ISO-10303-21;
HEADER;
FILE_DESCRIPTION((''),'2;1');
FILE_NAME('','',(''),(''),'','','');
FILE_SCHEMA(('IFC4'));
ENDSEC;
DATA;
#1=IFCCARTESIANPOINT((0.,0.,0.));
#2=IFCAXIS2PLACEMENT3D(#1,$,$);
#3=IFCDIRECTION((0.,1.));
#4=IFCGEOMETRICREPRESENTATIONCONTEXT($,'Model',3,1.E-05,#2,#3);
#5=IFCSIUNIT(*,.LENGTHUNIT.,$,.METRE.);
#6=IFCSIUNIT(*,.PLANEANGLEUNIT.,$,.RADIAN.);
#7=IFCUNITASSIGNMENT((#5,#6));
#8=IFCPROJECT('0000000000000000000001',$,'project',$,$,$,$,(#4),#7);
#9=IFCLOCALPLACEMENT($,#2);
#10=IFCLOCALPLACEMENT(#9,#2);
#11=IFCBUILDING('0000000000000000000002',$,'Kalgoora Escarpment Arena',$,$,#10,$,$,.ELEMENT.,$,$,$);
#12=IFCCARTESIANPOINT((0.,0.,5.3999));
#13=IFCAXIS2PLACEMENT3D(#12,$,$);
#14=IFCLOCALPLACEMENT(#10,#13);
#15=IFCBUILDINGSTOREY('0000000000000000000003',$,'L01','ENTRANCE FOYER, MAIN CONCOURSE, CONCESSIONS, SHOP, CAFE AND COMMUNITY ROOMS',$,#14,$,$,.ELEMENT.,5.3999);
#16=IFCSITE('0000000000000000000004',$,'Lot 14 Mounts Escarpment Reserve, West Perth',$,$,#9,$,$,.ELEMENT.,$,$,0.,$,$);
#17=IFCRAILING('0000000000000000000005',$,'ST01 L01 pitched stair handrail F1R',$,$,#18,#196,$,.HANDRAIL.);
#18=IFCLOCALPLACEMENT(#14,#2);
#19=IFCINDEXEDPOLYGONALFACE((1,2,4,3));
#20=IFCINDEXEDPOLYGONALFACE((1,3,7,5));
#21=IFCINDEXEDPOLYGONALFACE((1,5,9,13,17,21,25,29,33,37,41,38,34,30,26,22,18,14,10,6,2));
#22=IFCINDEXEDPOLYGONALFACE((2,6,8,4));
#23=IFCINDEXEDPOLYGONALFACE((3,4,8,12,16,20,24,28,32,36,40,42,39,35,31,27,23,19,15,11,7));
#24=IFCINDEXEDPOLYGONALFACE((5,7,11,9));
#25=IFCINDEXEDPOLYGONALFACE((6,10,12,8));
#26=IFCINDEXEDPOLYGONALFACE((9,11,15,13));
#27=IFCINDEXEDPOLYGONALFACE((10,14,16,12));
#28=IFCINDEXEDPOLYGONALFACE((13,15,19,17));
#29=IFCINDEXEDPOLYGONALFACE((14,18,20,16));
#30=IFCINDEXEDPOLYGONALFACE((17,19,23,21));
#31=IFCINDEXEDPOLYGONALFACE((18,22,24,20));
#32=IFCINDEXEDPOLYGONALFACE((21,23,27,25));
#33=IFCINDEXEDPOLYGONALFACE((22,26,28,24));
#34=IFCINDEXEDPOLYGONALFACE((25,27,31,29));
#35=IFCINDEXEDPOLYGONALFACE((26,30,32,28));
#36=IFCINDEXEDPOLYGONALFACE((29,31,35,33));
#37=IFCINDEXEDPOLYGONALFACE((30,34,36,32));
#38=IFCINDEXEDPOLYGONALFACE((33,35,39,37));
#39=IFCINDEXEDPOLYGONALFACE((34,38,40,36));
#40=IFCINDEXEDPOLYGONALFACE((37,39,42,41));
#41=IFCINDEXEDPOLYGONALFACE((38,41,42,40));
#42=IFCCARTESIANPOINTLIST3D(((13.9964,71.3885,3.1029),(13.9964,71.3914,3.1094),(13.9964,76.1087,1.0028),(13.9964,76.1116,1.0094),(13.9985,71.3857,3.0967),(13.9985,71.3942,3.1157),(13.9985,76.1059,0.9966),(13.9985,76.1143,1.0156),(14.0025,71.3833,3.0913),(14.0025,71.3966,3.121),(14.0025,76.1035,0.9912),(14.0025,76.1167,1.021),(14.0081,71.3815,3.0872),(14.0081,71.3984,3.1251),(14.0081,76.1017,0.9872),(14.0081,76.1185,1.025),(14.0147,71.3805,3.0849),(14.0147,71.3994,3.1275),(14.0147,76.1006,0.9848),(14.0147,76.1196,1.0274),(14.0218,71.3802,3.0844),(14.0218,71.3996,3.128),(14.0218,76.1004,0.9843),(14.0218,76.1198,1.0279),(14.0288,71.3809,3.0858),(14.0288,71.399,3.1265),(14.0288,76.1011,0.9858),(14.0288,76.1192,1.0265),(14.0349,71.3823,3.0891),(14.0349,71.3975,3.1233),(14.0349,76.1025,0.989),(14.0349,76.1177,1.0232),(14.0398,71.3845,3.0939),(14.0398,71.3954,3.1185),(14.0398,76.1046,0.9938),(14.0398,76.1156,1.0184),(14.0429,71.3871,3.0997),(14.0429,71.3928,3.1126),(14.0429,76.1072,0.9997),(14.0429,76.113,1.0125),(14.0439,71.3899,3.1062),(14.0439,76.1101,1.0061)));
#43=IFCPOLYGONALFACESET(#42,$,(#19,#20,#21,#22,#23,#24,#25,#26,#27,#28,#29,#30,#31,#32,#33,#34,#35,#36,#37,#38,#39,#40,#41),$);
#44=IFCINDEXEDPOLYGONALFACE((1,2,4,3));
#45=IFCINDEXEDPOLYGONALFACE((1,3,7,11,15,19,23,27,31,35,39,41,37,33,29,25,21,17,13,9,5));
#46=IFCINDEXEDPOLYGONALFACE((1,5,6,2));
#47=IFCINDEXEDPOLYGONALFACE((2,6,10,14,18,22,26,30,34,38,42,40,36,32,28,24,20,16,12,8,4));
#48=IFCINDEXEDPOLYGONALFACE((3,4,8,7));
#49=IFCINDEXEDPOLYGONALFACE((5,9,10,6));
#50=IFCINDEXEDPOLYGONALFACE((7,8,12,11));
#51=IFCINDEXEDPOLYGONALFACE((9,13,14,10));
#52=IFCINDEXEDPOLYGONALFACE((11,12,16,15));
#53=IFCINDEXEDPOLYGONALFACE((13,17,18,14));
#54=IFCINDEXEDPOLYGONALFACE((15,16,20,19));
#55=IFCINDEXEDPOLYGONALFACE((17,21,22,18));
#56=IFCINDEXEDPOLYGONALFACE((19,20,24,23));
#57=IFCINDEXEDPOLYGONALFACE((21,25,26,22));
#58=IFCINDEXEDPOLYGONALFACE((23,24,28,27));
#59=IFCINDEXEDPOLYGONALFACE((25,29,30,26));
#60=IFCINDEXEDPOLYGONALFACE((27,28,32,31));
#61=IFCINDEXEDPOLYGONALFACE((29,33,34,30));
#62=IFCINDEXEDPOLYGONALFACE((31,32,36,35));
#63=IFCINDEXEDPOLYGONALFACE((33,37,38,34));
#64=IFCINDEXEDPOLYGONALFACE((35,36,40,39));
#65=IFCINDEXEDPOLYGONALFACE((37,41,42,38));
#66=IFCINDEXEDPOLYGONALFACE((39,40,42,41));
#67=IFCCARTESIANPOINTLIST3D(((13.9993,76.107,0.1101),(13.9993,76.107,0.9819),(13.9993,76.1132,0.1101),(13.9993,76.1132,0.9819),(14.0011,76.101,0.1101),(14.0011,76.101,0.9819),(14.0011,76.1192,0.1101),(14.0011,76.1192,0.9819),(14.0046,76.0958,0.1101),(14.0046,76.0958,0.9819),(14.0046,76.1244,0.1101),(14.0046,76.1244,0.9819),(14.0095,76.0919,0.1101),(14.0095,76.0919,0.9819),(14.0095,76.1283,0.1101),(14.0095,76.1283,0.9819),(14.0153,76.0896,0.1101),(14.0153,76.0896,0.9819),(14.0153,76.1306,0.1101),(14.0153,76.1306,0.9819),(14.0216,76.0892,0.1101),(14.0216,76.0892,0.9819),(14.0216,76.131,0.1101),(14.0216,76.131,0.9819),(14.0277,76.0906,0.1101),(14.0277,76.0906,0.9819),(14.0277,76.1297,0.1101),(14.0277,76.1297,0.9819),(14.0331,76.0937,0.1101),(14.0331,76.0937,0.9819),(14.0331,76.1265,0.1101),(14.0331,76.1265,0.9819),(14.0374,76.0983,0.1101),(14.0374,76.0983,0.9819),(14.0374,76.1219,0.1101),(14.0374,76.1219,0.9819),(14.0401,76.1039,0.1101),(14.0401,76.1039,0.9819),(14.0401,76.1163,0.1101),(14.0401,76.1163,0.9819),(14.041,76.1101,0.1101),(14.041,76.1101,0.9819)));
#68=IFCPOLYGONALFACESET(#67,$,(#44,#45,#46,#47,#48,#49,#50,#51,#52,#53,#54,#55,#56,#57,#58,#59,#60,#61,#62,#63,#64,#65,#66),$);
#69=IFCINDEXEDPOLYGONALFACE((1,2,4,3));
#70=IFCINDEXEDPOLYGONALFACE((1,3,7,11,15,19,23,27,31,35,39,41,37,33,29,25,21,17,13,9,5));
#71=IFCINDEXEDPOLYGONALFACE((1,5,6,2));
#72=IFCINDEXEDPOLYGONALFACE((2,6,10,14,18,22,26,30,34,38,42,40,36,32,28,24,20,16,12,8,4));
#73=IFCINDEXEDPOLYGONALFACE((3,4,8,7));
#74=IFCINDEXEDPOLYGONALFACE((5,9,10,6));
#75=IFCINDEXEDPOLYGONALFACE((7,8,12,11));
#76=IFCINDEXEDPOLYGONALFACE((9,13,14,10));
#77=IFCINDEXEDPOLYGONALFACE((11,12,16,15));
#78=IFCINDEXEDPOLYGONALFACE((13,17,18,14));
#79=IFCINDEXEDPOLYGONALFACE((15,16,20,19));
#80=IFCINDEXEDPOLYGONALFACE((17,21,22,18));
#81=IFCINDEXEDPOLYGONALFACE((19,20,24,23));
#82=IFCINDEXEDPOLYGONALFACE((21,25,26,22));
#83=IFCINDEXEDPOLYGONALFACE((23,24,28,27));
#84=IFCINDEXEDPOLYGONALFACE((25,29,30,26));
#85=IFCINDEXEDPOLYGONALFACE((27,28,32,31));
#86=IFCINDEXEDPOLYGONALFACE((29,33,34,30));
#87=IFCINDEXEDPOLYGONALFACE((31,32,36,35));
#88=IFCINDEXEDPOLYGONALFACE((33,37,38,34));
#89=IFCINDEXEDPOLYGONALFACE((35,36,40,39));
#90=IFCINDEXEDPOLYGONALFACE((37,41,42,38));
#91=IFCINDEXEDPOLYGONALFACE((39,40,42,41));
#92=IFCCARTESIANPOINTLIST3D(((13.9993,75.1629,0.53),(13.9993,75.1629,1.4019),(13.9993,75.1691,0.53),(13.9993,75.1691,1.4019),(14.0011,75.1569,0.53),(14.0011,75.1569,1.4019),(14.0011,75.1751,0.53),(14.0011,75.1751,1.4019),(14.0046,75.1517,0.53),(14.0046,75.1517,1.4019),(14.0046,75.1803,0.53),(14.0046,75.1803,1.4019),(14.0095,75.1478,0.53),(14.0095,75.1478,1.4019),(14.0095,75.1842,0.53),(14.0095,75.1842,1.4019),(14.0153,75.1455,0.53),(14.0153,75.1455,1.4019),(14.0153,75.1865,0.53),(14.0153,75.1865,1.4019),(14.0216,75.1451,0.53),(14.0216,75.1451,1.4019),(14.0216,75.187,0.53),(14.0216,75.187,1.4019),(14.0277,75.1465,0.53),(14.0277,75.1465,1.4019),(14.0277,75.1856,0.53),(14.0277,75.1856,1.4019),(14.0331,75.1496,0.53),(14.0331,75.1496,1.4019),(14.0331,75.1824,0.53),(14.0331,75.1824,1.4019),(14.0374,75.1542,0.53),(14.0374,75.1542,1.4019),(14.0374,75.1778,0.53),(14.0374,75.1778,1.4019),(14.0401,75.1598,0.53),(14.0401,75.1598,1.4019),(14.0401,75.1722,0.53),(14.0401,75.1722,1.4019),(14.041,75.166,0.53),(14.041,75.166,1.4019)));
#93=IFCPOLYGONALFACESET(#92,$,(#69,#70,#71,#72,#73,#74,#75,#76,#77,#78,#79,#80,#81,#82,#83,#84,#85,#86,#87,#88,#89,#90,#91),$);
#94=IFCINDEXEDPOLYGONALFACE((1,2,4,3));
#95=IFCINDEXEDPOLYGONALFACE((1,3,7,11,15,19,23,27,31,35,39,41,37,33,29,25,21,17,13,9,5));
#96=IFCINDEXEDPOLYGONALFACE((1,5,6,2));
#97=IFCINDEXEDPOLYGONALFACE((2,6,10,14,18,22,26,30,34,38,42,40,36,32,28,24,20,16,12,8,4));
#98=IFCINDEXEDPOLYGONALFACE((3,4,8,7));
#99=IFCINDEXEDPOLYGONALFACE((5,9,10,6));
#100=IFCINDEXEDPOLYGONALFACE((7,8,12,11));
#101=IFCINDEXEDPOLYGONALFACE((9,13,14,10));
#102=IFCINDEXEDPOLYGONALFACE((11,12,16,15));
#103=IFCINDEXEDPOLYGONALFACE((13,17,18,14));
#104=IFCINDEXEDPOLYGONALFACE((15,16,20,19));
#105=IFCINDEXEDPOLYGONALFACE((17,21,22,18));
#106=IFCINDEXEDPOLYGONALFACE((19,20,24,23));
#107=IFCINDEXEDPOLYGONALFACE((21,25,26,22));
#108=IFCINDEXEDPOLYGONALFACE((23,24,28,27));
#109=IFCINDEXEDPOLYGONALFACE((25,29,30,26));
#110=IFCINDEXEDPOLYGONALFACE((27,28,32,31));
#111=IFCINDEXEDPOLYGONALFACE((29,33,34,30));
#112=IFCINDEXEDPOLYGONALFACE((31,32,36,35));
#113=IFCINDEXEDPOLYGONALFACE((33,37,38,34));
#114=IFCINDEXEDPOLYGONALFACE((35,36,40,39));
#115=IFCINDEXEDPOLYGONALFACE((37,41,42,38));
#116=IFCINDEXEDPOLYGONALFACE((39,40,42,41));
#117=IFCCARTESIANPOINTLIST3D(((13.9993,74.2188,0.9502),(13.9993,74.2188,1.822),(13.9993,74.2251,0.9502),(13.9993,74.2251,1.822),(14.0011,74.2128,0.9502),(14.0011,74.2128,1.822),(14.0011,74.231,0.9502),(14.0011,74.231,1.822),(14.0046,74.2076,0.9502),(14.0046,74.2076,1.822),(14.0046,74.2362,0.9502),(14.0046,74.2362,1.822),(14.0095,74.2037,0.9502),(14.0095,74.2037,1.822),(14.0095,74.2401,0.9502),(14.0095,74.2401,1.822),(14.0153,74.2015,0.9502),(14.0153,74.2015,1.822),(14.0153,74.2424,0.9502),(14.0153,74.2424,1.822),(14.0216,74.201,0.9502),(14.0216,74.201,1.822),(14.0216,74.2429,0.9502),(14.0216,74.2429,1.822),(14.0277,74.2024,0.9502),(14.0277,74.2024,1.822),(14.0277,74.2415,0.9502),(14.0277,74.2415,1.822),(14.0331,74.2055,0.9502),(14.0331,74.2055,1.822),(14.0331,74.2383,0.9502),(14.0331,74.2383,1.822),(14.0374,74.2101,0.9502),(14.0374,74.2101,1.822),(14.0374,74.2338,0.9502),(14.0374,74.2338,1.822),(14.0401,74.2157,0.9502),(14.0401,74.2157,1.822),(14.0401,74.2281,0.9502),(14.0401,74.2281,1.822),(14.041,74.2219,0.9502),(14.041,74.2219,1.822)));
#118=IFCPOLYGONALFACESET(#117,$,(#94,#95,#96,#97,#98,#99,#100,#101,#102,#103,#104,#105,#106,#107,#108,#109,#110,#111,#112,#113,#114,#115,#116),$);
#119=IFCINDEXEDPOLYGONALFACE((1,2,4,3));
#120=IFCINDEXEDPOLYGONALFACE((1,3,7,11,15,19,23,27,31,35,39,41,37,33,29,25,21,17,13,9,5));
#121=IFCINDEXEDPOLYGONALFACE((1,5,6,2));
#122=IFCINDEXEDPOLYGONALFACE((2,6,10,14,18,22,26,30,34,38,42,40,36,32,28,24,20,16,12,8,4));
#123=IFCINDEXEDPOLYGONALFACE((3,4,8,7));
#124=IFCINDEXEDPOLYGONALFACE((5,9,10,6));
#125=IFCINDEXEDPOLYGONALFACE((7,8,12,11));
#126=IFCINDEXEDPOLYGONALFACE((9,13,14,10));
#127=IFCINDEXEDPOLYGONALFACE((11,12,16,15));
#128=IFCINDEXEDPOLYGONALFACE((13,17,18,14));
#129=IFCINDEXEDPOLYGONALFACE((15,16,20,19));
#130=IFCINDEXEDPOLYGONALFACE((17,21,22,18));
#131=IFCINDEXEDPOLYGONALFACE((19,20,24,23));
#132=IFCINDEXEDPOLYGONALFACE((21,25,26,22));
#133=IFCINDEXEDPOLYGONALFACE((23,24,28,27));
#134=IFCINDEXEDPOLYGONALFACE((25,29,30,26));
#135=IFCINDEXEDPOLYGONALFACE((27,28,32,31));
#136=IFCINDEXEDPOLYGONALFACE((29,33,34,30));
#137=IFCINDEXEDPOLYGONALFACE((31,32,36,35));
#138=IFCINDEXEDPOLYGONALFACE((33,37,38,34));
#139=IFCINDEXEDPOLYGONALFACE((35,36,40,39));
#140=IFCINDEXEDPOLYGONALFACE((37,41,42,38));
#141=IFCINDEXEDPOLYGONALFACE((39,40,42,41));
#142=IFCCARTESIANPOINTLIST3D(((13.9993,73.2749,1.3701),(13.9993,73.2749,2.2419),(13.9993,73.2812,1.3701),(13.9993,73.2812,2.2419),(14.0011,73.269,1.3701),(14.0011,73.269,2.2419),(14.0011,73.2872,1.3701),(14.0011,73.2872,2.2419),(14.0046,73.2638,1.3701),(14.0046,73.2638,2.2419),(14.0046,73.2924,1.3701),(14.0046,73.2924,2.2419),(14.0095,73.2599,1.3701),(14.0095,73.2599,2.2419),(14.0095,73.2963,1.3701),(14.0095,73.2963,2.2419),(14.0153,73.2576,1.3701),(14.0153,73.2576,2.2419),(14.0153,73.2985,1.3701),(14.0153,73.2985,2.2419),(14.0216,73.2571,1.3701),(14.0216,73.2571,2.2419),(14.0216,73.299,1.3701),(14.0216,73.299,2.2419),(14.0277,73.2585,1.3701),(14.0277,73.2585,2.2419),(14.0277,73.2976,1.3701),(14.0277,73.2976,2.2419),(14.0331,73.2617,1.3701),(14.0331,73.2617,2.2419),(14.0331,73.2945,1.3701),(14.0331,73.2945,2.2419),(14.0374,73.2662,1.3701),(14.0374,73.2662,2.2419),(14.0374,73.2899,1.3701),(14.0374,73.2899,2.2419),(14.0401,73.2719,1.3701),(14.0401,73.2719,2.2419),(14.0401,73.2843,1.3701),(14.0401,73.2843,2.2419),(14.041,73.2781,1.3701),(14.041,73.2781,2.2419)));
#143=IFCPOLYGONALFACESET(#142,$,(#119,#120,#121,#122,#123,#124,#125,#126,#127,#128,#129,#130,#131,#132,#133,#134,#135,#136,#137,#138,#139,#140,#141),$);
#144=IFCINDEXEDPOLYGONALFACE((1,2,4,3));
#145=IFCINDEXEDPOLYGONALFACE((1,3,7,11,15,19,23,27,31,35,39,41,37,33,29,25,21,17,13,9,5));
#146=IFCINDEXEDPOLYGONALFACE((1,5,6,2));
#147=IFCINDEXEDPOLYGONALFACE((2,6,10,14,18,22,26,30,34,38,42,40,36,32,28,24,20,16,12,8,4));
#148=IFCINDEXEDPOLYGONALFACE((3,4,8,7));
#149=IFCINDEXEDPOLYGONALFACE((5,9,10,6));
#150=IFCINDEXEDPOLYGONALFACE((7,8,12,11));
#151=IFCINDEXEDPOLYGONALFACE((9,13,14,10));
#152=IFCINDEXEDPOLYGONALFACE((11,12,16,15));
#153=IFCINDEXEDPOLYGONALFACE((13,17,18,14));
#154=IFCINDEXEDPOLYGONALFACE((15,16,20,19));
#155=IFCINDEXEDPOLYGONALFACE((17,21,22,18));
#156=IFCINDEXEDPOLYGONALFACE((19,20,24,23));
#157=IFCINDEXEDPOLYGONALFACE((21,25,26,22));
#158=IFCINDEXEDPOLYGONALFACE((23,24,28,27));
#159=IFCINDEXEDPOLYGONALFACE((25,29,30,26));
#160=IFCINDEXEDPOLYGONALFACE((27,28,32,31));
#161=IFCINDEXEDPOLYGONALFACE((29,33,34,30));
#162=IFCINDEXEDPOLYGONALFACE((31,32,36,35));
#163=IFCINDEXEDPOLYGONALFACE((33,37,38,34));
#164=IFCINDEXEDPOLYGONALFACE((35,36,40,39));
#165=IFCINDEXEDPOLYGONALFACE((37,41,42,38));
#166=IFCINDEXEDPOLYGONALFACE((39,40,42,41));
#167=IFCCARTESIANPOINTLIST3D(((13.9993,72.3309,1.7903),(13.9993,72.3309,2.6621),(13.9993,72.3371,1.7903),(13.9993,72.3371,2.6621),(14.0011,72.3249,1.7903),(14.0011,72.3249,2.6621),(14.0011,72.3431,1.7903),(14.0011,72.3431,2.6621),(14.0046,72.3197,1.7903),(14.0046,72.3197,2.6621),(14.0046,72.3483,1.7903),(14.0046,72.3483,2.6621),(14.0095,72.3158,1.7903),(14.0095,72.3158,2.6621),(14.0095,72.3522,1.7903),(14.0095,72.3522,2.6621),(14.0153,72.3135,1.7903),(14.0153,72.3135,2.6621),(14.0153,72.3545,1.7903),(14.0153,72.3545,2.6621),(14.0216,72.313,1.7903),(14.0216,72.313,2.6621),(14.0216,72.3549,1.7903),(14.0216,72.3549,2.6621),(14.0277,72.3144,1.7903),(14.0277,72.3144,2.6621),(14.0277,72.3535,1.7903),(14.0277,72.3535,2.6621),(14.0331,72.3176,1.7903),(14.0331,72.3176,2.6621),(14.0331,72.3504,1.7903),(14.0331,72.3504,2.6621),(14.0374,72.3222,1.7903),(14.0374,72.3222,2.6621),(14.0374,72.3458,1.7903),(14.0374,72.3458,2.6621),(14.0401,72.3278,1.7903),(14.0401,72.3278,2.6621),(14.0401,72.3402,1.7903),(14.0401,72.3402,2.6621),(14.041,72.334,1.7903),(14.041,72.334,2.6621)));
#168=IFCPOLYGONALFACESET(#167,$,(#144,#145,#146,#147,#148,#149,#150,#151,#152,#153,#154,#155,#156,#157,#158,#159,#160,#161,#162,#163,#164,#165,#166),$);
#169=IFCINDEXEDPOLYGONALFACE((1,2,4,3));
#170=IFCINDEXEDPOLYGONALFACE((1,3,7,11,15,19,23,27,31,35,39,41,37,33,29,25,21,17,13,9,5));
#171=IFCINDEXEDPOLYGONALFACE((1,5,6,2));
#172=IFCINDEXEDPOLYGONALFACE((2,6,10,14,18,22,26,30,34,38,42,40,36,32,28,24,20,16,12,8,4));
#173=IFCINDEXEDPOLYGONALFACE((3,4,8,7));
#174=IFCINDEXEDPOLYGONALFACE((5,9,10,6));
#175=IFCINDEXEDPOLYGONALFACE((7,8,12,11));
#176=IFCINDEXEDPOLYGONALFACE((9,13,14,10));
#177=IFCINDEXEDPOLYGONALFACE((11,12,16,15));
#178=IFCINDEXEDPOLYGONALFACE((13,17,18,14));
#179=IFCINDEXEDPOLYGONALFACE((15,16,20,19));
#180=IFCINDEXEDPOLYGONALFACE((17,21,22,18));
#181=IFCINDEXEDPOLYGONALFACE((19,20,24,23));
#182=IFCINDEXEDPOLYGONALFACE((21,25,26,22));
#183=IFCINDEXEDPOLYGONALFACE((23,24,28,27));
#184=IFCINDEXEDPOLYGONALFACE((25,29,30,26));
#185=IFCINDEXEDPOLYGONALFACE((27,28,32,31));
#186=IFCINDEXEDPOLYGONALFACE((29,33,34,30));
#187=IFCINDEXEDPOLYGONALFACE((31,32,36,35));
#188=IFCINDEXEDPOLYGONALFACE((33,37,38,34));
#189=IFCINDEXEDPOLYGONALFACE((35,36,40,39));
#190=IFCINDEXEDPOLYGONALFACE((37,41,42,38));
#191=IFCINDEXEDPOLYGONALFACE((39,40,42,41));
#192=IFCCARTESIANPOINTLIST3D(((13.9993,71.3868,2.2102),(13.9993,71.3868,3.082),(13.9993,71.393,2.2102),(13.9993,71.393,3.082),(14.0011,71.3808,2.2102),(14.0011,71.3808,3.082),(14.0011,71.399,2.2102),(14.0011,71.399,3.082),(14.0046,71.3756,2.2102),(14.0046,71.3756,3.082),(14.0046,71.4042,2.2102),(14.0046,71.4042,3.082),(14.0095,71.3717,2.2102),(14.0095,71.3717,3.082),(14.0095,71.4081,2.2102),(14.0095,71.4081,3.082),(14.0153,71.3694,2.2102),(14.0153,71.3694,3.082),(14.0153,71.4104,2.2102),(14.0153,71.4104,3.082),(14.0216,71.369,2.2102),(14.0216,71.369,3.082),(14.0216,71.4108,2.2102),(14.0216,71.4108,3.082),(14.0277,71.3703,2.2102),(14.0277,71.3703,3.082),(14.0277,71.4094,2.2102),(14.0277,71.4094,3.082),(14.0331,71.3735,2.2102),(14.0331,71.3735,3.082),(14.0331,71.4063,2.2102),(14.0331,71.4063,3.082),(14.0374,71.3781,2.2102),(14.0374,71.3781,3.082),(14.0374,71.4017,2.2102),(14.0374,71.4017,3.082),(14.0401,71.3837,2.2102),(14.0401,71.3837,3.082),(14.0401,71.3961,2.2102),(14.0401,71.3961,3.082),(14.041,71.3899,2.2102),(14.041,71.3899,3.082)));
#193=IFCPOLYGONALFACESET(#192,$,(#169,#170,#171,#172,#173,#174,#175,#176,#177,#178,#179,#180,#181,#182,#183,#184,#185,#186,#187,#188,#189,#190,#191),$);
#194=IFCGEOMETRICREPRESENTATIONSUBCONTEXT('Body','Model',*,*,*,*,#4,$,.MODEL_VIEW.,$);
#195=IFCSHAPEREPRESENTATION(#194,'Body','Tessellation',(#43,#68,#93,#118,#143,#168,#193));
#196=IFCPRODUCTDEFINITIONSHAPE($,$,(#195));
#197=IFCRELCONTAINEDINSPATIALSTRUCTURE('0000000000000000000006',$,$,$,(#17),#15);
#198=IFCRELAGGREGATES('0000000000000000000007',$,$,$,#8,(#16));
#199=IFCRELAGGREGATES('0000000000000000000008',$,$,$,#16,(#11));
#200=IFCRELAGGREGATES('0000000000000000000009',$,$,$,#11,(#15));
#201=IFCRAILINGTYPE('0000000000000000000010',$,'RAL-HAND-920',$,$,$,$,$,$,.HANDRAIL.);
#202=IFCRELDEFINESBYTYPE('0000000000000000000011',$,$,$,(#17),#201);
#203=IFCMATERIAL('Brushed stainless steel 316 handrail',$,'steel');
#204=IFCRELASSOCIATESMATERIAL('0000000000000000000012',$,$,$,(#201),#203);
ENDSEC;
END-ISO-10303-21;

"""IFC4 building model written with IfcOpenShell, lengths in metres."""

from ifc_helpers import new_model, si_unit, direction, frame, origin, origin_2d, place, context, subcontext, project, spatial, circle, extrude, material, type_object, element, save


model = new_model("IFC4")

# Units and contexts
model_context = context("Model", 3, precision=1e-05, world=origin(), true_north=direction((0.0, 1.0)))
body_context = subcontext(model_context, "Body", "Model", "MODEL_VIEW")
ifc_project = project(units=[si_unit("LENGTHUNIT", "METRE"), si_unit("PLANEANGLEUNIT", "RADIAN")], contexts=[model_context])

# Site, building, storey
site_placement = place(None, origin())
site = spatial("IfcSite", under=ifc_project, at=site_placement, Name="Lot 14 Mounts Escarpment Reserve, West Perth", CompositionType="ELEMENT", RefElevation=0.0)
building_placement = place(site_placement, origin())
building = spatial("IfcBuilding", under=site, at=building_placement, Name="Kalgoora Escarpment Arena", CompositionType="ELEMENT")
storey_placement = place(building_placement, frame((0.0, 0.0, 5.3999)))
storey = spatial("IfcBuildingStorey", under=building, at=storey_placement, Name="L01", Description="ENTRANCE FOYER, MAIN CONCOURSE, CONCESSIONS, SHOP, CAFE AND COMMUNITY ROOMS", CompositionType="ELEMENT", Elevation=5.3999)

# Railing
ifc_material_1 = material(Name="Brushed stainless steel 316 handrail", Category="steel")
railing_type_1 = type_object("IfcRailingType", Name="RAL-HAND-920", PredefinedType="HANDRAIL", material=ifc_material_1)
for number, where, name in (
    (1, (14.02, 76.1101, 0.1101), "ST01 L01 pitched stair handrail F1R"),
):
    element("IfcRailing", number, at=place(storey_placement, frame(where)), inside=storey, type_object=railing_type_1, Name=name, PredefinedType="HANDRAIL", context=body_context, shape_type="SweptSolid", body=[
        extrude(circle(Radius=0.0239, at=origin_2d()), frame((0.0, 0.0, 0.896), z_axis=(0.0, -0.913652, 0.406498), x_axis=(1.0, 0.0, 0.0)), (0.0, 0.0, 1.0), 5.1663),
        extrude(circle(Radius=0.021, at=origin_2d()), origin(), (0.0, 0.0, 1.0), 0.8718),
        extrude(circle(Radius=0.021, at=origin_2d()), frame((0.0, -0.9441, 0.4199)), (0.0, 0.0, 1.0), 0.8718),
        extrude(circle(Radius=0.021, at=origin_2d()), frame((0.0, -1.8882, 0.8401)), (0.0, 0.0, 1.0), 0.8718),
        extrude(circle(Radius=0.021, at=origin_2d()), frame((0.0, -2.832, 1.26)), (0.0, 0.0, 1.0), 0.8718),
        extrude(circle(Radius=0.021, at=origin_2d()), frame((0.0, -3.7761, 1.6802)), (0.0, 0.0, 1.0), 0.8718),
        extrude(circle(Radius=0.021, at=origin_2d()), frame((0.0, -4.7202, 2.1001)), (0.0, 0.0, 1.0), 0.8718),
    ])

save(model, "model.ifc")
